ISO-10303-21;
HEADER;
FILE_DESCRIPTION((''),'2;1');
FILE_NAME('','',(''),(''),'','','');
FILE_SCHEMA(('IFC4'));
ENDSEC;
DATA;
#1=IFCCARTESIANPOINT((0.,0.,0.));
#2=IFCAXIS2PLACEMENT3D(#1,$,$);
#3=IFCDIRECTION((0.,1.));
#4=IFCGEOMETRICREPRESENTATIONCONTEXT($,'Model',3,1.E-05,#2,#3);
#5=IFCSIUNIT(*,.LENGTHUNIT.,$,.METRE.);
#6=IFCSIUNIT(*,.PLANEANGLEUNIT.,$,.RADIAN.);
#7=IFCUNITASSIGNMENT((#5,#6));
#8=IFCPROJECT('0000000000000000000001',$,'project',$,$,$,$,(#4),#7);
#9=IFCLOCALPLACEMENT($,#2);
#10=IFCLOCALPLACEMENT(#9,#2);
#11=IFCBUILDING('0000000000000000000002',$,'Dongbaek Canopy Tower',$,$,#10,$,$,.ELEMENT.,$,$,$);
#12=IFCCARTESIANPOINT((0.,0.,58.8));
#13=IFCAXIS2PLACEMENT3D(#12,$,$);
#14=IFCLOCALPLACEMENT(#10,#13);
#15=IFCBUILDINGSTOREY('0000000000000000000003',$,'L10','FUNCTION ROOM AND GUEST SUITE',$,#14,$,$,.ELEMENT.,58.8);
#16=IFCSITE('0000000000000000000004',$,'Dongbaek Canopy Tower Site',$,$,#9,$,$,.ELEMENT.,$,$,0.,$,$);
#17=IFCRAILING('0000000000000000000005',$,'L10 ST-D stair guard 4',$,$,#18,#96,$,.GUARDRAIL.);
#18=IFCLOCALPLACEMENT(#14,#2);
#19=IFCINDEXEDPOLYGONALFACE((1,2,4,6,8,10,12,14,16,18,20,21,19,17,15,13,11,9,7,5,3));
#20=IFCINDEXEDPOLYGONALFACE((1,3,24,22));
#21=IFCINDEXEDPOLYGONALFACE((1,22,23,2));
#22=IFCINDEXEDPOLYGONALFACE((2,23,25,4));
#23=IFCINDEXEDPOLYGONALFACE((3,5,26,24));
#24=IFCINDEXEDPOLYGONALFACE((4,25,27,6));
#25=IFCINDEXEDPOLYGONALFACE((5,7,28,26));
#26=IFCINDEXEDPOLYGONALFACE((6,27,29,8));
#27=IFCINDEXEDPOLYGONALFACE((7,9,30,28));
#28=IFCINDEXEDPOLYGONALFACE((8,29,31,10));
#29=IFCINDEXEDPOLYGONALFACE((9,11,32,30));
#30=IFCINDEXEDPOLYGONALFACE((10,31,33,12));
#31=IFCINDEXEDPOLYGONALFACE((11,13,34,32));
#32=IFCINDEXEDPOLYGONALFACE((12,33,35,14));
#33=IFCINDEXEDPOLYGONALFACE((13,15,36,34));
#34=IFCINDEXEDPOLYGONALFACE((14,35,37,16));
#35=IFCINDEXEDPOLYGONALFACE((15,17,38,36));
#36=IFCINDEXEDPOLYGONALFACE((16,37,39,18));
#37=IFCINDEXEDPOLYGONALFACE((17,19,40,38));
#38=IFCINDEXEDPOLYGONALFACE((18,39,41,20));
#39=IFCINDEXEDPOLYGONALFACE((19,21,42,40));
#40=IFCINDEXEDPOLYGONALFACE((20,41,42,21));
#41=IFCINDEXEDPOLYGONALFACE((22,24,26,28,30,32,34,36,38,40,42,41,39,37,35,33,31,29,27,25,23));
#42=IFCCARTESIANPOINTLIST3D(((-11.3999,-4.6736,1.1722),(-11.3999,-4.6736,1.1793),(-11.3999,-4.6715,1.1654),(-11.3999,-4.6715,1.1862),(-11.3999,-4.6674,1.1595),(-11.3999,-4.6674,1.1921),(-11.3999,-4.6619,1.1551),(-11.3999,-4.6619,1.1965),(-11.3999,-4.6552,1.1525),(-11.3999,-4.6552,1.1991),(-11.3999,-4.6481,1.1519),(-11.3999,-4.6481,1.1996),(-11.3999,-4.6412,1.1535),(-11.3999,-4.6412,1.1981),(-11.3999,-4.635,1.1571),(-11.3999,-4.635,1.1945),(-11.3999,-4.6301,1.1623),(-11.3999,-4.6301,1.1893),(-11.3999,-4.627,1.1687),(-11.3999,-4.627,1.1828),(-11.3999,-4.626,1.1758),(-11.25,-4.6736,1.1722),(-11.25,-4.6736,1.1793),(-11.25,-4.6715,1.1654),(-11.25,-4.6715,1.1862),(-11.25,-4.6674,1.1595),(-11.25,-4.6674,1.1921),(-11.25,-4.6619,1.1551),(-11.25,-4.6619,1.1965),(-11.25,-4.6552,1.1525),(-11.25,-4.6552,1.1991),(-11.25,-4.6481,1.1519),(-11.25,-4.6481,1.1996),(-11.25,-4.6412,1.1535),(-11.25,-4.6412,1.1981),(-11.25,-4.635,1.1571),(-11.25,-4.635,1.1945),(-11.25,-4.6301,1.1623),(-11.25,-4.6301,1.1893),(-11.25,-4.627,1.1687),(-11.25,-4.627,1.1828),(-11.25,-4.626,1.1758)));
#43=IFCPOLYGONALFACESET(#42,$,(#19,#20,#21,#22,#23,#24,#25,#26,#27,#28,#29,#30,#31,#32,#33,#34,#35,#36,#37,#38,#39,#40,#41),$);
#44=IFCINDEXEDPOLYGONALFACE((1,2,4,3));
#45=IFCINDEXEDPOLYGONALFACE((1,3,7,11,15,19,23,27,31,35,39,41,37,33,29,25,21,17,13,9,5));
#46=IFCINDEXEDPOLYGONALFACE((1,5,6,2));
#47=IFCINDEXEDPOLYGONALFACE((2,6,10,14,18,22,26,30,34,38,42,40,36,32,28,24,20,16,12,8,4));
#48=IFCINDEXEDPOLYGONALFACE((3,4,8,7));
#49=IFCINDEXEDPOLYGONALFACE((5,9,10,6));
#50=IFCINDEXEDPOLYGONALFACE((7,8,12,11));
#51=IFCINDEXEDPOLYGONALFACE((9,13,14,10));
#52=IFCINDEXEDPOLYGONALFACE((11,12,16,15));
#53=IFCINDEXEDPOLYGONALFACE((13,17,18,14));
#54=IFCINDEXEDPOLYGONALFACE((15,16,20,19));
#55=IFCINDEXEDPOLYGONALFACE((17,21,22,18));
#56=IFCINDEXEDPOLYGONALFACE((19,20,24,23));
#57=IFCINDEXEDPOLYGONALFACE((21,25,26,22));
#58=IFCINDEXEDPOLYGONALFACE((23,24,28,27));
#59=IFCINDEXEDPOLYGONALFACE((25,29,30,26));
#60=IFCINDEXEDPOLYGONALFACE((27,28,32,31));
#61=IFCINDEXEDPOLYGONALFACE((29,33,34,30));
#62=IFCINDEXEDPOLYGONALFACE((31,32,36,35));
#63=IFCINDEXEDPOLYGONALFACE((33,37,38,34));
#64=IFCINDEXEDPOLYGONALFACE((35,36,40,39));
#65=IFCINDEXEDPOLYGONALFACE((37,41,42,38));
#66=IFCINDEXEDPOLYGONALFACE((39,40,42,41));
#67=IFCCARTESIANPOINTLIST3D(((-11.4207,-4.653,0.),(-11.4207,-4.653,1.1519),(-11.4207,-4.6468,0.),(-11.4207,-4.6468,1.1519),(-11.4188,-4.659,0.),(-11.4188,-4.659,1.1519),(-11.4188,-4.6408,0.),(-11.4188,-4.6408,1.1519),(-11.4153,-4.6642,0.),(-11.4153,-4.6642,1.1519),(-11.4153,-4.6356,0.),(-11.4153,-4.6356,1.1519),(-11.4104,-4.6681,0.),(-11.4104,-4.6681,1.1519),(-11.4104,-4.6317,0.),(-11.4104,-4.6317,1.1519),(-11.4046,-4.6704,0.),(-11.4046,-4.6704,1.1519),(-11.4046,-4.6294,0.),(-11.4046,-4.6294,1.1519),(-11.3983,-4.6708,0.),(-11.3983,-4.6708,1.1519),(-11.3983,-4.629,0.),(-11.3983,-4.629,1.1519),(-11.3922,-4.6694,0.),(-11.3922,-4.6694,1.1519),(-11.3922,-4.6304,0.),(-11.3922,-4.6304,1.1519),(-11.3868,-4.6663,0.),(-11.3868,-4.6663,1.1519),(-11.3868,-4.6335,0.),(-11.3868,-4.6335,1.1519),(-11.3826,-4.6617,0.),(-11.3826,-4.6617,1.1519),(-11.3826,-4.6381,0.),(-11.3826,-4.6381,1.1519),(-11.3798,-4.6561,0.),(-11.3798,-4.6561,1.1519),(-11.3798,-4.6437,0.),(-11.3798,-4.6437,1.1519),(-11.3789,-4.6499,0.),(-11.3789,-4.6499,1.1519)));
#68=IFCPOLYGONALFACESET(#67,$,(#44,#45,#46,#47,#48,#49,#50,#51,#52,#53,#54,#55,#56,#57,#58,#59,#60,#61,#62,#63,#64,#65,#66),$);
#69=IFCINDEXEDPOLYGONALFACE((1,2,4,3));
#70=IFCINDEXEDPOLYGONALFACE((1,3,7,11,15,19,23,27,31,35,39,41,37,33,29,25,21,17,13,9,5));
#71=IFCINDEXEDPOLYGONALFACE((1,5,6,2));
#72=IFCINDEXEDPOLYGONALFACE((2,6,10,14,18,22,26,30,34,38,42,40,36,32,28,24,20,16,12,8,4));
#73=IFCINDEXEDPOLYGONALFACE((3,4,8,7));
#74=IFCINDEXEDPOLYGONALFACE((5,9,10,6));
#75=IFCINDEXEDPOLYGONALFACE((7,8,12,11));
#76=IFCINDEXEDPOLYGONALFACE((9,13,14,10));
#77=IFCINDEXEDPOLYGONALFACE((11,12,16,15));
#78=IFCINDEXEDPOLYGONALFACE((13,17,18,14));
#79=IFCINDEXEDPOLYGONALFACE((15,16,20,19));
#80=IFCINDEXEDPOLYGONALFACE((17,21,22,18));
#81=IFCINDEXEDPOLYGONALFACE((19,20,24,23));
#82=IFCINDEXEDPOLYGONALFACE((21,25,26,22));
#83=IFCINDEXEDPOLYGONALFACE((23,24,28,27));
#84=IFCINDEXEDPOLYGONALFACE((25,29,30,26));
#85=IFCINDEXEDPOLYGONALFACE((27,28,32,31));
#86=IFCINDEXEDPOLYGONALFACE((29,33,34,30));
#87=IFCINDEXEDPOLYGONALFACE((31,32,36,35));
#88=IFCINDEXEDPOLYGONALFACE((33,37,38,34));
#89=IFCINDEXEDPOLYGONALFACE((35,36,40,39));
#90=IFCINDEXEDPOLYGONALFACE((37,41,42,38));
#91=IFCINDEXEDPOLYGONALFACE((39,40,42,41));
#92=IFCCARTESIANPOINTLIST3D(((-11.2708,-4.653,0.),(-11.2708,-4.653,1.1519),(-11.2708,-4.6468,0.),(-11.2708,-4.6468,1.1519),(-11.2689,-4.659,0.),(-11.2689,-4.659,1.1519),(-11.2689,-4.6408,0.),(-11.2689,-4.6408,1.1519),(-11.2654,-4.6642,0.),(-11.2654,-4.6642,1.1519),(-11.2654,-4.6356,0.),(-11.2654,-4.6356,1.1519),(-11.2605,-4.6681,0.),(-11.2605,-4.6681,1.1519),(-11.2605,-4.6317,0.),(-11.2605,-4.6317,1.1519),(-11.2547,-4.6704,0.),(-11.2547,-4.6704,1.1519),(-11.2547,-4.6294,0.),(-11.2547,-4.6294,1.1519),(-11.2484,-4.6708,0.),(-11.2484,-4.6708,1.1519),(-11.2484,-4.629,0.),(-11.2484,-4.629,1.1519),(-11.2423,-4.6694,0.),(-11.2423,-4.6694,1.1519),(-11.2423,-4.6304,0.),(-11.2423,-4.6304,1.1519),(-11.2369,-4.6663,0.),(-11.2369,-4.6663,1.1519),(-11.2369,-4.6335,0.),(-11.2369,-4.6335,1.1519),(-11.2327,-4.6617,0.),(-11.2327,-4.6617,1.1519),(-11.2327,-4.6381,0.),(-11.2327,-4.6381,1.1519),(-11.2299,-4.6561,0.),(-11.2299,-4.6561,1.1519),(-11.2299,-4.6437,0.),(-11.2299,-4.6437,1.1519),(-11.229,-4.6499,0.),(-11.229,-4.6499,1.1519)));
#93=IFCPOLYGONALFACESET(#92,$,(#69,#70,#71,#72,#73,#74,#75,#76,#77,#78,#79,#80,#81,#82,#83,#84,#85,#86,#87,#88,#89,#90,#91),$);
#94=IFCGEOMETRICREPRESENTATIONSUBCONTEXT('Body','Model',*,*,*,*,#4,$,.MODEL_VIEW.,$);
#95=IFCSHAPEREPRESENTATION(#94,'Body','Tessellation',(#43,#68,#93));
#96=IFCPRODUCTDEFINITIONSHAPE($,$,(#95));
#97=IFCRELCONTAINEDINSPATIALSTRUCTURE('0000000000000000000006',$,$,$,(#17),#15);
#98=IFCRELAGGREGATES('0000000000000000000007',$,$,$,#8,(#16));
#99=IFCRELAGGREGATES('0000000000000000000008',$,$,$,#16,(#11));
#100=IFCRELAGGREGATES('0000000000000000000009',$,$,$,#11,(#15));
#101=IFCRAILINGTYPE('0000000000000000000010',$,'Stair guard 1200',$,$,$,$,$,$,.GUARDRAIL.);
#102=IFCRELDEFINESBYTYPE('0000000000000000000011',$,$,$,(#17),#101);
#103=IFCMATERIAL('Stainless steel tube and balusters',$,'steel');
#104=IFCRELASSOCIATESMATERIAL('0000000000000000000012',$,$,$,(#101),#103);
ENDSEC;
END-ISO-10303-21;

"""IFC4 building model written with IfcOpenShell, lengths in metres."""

from ifc_helpers import new_model, si_unit, direction, frame, origin, origin_2d, place, context, subcontext, project, spatial, circle, extrude, material, type_object, element, save


model = new_model("IFC4")

# Units and contexts
model_context = context("Model", 3, precision=1e-05, world=origin(), true_north=direction((0.0, 1.0)))
body_context = subcontext(model_context, "Body", "Model", "MODEL_VIEW")
ifc_project = project(units=[si_unit("LENGTHUNIT", "METRE"), si_unit("PLANEANGLEUNIT", "RADIAN")], contexts=[model_context])

# Site, building, storey
site_placement = place(None, origin())
site = spatial("IfcSite", under=ifc_project, at=site_placement, Name="Dongbaek Canopy Tower Site", CompositionType="ELEMENT", RefElevation=0.0)
building_placement = place(site_placement, origin())
building = spatial("IfcBuilding", under=site, at=building_placement, Name="Dongbaek Canopy Tower", CompositionType="ELEMENT")
storey_placement = place(building_placement, frame((0.0, 0.0, 58.8)))
storey = spatial("IfcBuildingStorey", under=building, at=storey_placement, Name="L10", Description="FUNCTION ROOM AND GUEST SUITE", CompositionType="ELEMENT", Elevation=58.8)

# Railing
ifc_material_1 = material(Name="Stainless steel tube and balusters", Category="steel")
railing_type_1 = type_object("IfcRailingType", Name="Stair guard 1200", PredefinedType="GUARDRAIL", material=ifc_material_1)
railing_1_placement = place(storey_placement, frame((-11.3999, -4.6499, 0.0)))
element("IfcRailing", 1, at=railing_1_placement, inside=storey, type_object=railing_type_1, Name="L10 ST-D stair guard 4", PredefinedType="GUARDRAIL", context=body_context, shape_type="SweptSolid", body=[
    extrude(circle(Radius=0.0239, at=origin_2d()), frame((0.0, 0.0, 1.1758), z_axis=(1.0, 0.0, 0.0), x_axis=(0.0, 1.0, 0.0)), (0.0, 0.0, 1.0), 0.1499),
    extrude(circle(Radius=0.021, at=origin_2d()), origin(), (0.0, 0.0, 1.0), 1.1519),
    extrude(circle(Radius=0.021, at=origin_2d()), frame((0.1499, 0.0, 0.0)), (0.0, 0.0, 1.0), 1.1519),
])

save(model, "model.ifc")
